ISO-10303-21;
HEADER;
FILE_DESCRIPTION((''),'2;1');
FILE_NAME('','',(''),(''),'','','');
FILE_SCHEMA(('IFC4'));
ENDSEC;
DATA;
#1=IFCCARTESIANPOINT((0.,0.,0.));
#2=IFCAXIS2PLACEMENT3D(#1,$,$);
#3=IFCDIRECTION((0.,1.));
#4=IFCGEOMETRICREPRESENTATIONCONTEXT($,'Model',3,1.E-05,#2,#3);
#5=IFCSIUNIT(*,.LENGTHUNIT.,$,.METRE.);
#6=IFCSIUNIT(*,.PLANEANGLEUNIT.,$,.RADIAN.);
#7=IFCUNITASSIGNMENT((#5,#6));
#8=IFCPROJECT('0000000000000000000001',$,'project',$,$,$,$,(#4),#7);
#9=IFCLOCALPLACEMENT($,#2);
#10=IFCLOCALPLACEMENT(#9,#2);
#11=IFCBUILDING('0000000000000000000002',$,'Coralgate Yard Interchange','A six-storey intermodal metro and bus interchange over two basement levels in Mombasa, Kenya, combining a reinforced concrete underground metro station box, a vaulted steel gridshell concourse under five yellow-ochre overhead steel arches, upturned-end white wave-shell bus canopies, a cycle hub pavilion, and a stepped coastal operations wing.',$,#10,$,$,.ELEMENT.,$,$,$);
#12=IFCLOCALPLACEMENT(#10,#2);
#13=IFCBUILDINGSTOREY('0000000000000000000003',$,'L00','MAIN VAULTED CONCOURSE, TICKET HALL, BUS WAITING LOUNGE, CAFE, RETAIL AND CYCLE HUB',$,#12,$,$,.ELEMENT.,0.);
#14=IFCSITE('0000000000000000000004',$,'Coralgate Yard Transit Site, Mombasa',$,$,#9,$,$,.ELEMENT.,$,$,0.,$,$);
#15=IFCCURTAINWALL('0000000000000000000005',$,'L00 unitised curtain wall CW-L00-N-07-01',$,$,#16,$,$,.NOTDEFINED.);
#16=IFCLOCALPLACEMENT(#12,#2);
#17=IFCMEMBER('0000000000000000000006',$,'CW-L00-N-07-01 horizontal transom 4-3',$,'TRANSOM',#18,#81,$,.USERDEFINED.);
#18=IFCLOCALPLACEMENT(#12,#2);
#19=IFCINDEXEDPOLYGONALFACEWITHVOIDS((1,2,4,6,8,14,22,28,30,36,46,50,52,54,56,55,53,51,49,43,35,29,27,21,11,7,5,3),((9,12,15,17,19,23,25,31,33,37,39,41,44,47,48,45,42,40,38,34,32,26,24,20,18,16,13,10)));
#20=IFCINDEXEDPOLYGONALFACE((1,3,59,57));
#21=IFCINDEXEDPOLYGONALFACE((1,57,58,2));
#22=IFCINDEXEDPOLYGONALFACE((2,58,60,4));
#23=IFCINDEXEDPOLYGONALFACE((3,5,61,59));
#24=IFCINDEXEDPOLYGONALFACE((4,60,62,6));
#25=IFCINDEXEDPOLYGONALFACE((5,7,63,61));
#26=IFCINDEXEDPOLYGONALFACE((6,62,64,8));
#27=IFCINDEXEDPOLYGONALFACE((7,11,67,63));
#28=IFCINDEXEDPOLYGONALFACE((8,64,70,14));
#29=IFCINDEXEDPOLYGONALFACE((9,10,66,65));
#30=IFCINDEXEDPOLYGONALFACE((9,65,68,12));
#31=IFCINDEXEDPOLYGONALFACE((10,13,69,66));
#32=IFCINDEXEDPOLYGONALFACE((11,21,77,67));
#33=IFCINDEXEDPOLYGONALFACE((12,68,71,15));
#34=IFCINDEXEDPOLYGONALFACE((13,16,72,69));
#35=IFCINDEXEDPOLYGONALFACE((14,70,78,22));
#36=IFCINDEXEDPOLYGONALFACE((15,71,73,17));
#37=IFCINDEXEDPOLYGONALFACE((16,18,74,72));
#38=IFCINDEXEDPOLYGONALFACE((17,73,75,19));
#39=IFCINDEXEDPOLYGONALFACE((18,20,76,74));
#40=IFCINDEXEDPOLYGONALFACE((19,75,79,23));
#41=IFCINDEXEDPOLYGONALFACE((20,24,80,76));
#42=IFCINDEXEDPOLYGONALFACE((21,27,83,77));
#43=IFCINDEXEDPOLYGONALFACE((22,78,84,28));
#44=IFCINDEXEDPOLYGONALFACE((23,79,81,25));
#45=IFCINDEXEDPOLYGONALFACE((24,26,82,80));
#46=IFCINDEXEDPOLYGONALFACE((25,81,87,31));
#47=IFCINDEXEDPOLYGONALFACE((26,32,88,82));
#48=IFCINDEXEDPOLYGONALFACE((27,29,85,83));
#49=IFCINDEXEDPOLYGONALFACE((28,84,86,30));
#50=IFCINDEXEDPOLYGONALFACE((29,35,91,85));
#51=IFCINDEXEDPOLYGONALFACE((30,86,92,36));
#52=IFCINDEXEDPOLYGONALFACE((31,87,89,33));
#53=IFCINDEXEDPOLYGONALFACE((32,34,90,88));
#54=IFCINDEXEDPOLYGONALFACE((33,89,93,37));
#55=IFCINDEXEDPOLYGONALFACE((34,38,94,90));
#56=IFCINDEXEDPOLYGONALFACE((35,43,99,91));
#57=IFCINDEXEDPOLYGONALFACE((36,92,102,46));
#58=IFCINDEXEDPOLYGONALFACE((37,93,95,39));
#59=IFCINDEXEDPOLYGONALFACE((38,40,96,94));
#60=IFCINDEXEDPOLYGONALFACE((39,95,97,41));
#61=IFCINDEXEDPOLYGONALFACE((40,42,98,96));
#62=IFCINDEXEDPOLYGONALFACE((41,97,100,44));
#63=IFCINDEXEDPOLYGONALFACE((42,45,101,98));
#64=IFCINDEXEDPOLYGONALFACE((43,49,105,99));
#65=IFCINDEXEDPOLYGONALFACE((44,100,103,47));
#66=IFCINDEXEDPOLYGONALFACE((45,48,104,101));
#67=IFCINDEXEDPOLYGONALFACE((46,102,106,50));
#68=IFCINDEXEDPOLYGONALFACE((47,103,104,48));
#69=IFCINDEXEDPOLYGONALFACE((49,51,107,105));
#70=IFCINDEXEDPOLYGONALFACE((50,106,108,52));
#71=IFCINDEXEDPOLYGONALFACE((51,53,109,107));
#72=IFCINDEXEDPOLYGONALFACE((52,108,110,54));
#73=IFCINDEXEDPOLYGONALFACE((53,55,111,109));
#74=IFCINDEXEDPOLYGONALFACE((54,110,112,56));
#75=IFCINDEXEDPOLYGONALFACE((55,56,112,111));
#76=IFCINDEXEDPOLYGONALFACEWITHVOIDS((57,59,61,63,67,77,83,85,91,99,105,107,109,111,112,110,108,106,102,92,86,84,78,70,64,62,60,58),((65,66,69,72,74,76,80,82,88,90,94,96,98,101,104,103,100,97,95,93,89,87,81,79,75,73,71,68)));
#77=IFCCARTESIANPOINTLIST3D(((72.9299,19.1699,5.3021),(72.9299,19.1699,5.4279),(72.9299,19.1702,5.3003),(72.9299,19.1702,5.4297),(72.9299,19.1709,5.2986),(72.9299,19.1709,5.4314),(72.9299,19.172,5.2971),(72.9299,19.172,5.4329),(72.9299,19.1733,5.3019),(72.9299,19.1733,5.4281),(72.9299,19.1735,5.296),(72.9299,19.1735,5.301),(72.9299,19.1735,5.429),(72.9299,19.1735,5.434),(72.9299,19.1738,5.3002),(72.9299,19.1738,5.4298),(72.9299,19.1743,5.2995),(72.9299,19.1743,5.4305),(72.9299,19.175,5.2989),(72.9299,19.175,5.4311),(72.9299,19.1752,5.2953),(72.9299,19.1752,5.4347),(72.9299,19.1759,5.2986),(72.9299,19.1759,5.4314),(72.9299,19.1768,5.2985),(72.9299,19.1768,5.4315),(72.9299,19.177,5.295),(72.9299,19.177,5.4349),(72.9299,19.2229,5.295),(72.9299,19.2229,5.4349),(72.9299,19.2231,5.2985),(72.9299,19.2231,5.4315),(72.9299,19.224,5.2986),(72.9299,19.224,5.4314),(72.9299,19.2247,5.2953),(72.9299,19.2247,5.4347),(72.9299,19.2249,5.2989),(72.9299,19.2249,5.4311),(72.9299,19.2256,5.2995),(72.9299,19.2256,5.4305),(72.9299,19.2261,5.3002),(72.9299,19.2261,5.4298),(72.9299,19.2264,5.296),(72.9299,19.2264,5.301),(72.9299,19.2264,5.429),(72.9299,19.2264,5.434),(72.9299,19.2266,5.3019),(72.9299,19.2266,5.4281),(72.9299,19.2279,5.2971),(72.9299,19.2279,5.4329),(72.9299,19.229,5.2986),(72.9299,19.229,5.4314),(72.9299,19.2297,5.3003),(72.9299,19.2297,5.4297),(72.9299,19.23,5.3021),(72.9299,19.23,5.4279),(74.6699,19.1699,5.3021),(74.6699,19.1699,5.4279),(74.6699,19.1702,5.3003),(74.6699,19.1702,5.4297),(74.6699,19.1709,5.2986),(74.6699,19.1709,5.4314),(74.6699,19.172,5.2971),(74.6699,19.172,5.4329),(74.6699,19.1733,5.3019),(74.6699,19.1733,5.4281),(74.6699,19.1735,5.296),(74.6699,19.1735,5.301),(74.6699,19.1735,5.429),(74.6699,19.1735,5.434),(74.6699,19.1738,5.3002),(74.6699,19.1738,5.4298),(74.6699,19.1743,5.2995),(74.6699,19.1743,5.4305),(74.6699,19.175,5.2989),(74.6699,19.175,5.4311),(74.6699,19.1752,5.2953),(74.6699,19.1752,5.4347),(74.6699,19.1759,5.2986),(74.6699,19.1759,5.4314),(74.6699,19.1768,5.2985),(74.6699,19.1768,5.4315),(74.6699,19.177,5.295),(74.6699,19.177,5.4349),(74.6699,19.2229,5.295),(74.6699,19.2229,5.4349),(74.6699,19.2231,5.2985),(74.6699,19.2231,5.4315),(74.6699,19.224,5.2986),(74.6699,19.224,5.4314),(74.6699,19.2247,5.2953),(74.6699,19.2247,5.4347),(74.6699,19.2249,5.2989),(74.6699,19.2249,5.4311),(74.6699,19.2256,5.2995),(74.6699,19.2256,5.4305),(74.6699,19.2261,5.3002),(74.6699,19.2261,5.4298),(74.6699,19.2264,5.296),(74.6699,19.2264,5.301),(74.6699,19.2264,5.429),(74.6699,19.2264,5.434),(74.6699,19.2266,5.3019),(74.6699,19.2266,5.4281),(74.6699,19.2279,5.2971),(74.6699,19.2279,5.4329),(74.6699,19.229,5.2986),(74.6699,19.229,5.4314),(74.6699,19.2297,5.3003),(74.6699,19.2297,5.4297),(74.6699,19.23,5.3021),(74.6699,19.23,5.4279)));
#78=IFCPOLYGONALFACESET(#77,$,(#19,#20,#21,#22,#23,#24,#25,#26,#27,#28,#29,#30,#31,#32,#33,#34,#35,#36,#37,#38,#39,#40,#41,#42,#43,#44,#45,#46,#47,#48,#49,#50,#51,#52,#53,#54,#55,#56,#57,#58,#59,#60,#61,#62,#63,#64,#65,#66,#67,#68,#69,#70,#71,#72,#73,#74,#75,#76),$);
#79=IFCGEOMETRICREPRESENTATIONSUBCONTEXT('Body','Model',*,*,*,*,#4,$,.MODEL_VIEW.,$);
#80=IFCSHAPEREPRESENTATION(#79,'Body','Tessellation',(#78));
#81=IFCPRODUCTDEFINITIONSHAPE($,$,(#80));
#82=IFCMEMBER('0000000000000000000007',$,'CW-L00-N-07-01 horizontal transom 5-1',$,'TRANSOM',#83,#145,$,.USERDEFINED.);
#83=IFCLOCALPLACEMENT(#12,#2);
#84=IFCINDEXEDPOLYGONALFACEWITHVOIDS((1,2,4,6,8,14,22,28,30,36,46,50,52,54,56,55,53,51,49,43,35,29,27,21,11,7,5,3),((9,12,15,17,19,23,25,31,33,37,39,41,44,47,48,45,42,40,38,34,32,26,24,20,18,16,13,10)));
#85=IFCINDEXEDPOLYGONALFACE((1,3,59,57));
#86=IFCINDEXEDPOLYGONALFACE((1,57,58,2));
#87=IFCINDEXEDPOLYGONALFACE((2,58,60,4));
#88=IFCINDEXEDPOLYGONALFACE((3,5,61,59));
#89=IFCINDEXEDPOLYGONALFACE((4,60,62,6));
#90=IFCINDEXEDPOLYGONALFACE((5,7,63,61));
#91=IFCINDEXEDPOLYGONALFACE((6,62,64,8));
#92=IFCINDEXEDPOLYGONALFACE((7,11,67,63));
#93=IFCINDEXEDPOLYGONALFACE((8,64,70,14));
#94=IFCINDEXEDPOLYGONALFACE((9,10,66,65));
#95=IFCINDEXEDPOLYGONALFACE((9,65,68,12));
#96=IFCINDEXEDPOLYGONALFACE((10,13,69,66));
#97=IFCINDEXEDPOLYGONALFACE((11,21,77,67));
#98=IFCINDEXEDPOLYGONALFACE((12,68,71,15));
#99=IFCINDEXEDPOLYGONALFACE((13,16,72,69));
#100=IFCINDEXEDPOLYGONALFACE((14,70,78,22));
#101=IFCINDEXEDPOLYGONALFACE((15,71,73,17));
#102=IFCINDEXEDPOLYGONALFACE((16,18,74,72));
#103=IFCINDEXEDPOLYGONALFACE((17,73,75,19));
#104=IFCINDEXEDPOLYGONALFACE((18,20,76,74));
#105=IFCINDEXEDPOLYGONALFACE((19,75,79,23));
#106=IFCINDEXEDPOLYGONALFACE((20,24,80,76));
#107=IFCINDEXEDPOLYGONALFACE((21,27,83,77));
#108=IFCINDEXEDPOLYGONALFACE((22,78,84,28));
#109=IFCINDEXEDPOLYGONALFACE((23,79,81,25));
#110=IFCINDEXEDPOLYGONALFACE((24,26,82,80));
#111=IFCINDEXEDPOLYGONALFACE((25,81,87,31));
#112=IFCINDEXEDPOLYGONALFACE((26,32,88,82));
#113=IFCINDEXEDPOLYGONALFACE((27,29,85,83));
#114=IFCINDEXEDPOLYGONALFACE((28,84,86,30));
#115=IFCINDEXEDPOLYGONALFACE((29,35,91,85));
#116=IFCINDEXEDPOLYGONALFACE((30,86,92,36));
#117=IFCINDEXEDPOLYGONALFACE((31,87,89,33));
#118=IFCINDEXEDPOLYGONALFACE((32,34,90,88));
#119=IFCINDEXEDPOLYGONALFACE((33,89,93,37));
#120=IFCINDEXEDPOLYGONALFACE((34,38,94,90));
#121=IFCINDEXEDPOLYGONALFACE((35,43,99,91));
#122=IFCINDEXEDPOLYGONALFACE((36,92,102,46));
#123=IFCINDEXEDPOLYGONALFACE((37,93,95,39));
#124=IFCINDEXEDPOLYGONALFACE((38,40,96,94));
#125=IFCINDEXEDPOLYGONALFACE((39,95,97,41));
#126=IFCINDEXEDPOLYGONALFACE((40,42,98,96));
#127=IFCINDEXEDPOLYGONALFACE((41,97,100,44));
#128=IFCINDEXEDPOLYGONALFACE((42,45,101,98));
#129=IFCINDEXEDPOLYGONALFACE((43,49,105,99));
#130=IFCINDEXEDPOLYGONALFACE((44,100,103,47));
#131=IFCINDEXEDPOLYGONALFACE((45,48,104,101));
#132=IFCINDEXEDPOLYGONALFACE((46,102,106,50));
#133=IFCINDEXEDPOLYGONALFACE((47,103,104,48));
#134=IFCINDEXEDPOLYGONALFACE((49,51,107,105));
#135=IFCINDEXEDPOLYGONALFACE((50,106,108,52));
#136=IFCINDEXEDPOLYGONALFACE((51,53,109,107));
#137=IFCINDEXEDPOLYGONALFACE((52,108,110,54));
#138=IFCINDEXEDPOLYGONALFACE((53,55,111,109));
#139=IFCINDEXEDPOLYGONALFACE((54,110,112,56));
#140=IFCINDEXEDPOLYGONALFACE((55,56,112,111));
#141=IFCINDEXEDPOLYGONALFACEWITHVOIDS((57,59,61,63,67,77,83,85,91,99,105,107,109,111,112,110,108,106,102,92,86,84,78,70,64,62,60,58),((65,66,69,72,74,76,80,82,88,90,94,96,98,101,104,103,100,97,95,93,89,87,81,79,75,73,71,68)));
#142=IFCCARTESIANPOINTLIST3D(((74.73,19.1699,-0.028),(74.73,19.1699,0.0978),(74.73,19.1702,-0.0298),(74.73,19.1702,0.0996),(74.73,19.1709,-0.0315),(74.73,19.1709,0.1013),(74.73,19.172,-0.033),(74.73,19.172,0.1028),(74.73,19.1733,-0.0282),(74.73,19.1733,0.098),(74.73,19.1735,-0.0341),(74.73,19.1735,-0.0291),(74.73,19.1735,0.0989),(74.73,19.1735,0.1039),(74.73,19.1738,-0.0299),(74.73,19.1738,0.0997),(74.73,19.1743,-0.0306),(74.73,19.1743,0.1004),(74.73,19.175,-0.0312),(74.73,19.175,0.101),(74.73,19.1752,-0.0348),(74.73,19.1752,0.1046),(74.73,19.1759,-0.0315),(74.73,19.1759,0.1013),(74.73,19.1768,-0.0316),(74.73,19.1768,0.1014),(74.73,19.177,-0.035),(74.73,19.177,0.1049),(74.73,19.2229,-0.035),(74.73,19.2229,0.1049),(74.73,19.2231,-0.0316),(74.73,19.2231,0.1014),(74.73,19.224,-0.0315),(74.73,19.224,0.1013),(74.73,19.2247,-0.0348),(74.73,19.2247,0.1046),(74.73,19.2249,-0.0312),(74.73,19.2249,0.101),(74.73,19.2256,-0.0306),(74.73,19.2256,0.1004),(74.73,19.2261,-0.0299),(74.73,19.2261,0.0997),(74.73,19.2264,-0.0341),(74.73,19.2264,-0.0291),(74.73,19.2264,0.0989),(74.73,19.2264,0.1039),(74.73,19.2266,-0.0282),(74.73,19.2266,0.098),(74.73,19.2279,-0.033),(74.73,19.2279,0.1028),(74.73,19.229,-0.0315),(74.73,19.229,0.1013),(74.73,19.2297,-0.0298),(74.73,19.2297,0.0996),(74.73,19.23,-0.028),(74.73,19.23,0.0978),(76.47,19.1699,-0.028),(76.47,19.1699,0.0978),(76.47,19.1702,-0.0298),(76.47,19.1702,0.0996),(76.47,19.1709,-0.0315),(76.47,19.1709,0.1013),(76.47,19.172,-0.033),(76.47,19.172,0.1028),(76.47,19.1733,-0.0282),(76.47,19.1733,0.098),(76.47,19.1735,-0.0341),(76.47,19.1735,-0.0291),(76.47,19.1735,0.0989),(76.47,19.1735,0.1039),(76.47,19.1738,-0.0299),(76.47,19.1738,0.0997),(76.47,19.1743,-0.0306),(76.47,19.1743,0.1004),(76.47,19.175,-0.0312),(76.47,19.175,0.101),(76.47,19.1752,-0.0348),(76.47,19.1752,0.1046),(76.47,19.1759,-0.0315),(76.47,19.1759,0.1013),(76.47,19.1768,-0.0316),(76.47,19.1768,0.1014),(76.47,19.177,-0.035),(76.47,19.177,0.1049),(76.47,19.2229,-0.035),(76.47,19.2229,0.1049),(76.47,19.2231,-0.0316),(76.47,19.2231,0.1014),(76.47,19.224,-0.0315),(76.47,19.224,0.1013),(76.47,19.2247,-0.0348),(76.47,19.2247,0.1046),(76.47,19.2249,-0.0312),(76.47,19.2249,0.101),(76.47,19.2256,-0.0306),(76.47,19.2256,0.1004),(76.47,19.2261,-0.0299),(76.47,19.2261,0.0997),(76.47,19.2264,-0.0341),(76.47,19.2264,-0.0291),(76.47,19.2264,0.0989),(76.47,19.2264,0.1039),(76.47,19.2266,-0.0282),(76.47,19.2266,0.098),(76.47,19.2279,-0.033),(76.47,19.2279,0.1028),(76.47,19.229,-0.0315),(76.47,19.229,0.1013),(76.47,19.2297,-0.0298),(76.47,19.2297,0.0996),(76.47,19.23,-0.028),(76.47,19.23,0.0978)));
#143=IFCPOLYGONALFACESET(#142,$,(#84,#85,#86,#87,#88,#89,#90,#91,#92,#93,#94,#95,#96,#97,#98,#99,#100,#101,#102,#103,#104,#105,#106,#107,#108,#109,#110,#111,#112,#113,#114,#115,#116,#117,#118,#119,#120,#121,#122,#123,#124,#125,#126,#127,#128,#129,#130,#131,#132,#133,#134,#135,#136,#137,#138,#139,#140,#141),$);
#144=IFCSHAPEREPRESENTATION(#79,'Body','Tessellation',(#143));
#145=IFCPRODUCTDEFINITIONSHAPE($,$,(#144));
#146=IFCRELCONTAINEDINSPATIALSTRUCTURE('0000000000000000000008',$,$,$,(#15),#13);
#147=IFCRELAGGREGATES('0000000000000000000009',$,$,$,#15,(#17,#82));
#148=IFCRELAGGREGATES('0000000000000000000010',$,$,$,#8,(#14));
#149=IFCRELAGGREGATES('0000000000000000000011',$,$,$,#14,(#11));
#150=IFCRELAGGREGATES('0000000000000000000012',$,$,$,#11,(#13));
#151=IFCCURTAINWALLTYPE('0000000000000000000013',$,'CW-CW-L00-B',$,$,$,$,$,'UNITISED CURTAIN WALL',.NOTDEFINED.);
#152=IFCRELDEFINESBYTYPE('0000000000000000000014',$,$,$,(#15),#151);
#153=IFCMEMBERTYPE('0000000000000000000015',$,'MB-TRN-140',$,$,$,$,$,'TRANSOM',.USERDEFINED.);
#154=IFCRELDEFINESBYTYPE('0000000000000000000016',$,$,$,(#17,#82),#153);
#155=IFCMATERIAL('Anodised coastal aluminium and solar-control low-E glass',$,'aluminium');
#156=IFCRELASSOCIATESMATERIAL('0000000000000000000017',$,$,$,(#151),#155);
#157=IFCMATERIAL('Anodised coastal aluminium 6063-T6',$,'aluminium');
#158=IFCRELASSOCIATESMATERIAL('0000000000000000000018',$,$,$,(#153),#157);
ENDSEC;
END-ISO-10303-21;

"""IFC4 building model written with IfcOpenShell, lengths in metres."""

from ifc_helpers import new_model, si_unit, direction, frame, origin, origin_2d, place, context, subcontext, project, spatial, hollow_rectangle, extrude, material, material_profile, profile_set, type_object, element, aggregate, save


model = new_model("IFC4")

# Units and contexts
model_context = context("Model", 3, precision=1e-05, world=origin(), true_north=direction((0.0, 1.0)))
body_context = subcontext(model_context, "Body", "Model", "MODEL_VIEW")
ifc_project = project(units=[si_unit("LENGTHUNIT", "METRE"), si_unit("PLANEANGLEUNIT", "RADIAN")], contexts=[model_context])

# Site, building, storey
site_placement = place(None, origin())
site = spatial("IfcSite", under=ifc_project, at=site_placement, Name="Coralgate Yard Transit Site, Mombasa", CompositionType="ELEMENT", RefElevation=0.0)
building_placement = place(site_placement, origin())
building = spatial("IfcBuilding", under=site, at=building_placement, Name="Coralgate Yard Interchange", Description="A six-storey intermodal metro and bus interchange over two basement levels in Mombasa, Kenya, combining a reinforced concrete underground metro station box, a vaulted steel gridshell concourse under five yellow-ochre overhead steel arches, upturned-end white wave-shell bus canopies, a cycle hub pavilion, and a stepped coastal operations wing.", CompositionType="ELEMENT")
storey_placement = place(building_placement, origin())
storey = spatial("IfcBuildingStorey", under=building, at=storey_placement, Name="L00", Description="MAIN VAULTED CONCOURSE, TICKET HALL, BUS WAITING LOUNGE, CAFE, RETAIL AND CYCLE HUB", CompositionType="ELEMENT", Elevation=0.0)

# Curtain wall
ifc_material_1 = material(Name="Anodised coastal aluminium and solar-control low-E glass", Category="aluminium")
curtain_wall_type = type_object("IfcCurtainWallType", Name="CW-CW-L00-B", ElementType="UNITISED CURTAIN WALL", PredefinedType="NOTDEFINED", material=ifc_material_1)
curtain_wall_1_placement = place(storey_placement, origin())
curtain_wall_1 = element("IfcCurtainWall", 1, at=curtain_wall_1_placement, inside=storey, type_object=curtain_wall_type, Name="L00 unitised curtain wall CW-L00-N-07-01", PredefinedType="NOTDEFINED")
ifc_material_2 = material(Name="Anodised coastal aluminium 6063-T6", Category="aluminium")

# Members
ifc_material_profile_1 = material_profile(ifc_material_2, hollow_rectangle(XDim=0.0601, YDim=0.1399, WallThickness=0.0034, InnerFilletRadius=0.0034, OuterFilletRadius=0.0071, at=origin_2d()), Name="ALU 60x140x3.5")
ifc_profile_set_1 = profile_set([ifc_material_profile_1], Name="Anodised coastal aluminium 6063-T6")
member_type_1 = type_object("IfcMemberType", Name="MB-TRN-140", ElementType="TRANSOM", PredefinedType="USERDEFINED", material=ifc_profile_set_1)
member_1_placement = place(storey_placement, frame((72.9299, 19.2, 5.365), z_axis=(1.0, 0.0, 0.0), x_axis=(0.0, 1.0, 0.0)))
member_1 = element("IfcMember", 2, at=member_1_placement, type_object=member_type_1, Name="CW-L00-N-07-01 horizontal transom 4-3", ObjectType="TRANSOM", PredefinedType="USERDEFINED", context=body_context, shape_type="SweptSolid", body=[
    extrude(hollow_rectangle(XDim=0.0601, YDim=0.1399, WallThickness=0.0034, InnerFilletRadius=0.0034, OuterFilletRadius=0.0071, at=origin_2d()), origin(), (0.0, 0.0, 1.0), 1.74),
])
member_2_placement = place(storey_placement, frame((74.73, 19.2, 0.0349), z_axis=(1.0, 0.0, 0.0), x_axis=(0.0, 1.0, 0.0)))
member_2 = element("IfcMember", 3, at=member_2_placement, type_object=member_type_1, Name="CW-L00-N-07-01 horizontal transom 5-1", ObjectType="TRANSOM", PredefinedType="USERDEFINED", context=body_context, shape_type="SweptSolid", body=[
    extrude(hollow_rectangle(XDim=0.0601, YDim=0.1399, WallThickness=0.0034, InnerFilletRadius=0.0034, OuterFilletRadius=0.0071, at=origin_2d()), origin(), (0.0, 0.0, 1.0), 1.74),
])

aggregate(curtain_wall_1, [member_1, member_2])

save(model, "model.ifc")
